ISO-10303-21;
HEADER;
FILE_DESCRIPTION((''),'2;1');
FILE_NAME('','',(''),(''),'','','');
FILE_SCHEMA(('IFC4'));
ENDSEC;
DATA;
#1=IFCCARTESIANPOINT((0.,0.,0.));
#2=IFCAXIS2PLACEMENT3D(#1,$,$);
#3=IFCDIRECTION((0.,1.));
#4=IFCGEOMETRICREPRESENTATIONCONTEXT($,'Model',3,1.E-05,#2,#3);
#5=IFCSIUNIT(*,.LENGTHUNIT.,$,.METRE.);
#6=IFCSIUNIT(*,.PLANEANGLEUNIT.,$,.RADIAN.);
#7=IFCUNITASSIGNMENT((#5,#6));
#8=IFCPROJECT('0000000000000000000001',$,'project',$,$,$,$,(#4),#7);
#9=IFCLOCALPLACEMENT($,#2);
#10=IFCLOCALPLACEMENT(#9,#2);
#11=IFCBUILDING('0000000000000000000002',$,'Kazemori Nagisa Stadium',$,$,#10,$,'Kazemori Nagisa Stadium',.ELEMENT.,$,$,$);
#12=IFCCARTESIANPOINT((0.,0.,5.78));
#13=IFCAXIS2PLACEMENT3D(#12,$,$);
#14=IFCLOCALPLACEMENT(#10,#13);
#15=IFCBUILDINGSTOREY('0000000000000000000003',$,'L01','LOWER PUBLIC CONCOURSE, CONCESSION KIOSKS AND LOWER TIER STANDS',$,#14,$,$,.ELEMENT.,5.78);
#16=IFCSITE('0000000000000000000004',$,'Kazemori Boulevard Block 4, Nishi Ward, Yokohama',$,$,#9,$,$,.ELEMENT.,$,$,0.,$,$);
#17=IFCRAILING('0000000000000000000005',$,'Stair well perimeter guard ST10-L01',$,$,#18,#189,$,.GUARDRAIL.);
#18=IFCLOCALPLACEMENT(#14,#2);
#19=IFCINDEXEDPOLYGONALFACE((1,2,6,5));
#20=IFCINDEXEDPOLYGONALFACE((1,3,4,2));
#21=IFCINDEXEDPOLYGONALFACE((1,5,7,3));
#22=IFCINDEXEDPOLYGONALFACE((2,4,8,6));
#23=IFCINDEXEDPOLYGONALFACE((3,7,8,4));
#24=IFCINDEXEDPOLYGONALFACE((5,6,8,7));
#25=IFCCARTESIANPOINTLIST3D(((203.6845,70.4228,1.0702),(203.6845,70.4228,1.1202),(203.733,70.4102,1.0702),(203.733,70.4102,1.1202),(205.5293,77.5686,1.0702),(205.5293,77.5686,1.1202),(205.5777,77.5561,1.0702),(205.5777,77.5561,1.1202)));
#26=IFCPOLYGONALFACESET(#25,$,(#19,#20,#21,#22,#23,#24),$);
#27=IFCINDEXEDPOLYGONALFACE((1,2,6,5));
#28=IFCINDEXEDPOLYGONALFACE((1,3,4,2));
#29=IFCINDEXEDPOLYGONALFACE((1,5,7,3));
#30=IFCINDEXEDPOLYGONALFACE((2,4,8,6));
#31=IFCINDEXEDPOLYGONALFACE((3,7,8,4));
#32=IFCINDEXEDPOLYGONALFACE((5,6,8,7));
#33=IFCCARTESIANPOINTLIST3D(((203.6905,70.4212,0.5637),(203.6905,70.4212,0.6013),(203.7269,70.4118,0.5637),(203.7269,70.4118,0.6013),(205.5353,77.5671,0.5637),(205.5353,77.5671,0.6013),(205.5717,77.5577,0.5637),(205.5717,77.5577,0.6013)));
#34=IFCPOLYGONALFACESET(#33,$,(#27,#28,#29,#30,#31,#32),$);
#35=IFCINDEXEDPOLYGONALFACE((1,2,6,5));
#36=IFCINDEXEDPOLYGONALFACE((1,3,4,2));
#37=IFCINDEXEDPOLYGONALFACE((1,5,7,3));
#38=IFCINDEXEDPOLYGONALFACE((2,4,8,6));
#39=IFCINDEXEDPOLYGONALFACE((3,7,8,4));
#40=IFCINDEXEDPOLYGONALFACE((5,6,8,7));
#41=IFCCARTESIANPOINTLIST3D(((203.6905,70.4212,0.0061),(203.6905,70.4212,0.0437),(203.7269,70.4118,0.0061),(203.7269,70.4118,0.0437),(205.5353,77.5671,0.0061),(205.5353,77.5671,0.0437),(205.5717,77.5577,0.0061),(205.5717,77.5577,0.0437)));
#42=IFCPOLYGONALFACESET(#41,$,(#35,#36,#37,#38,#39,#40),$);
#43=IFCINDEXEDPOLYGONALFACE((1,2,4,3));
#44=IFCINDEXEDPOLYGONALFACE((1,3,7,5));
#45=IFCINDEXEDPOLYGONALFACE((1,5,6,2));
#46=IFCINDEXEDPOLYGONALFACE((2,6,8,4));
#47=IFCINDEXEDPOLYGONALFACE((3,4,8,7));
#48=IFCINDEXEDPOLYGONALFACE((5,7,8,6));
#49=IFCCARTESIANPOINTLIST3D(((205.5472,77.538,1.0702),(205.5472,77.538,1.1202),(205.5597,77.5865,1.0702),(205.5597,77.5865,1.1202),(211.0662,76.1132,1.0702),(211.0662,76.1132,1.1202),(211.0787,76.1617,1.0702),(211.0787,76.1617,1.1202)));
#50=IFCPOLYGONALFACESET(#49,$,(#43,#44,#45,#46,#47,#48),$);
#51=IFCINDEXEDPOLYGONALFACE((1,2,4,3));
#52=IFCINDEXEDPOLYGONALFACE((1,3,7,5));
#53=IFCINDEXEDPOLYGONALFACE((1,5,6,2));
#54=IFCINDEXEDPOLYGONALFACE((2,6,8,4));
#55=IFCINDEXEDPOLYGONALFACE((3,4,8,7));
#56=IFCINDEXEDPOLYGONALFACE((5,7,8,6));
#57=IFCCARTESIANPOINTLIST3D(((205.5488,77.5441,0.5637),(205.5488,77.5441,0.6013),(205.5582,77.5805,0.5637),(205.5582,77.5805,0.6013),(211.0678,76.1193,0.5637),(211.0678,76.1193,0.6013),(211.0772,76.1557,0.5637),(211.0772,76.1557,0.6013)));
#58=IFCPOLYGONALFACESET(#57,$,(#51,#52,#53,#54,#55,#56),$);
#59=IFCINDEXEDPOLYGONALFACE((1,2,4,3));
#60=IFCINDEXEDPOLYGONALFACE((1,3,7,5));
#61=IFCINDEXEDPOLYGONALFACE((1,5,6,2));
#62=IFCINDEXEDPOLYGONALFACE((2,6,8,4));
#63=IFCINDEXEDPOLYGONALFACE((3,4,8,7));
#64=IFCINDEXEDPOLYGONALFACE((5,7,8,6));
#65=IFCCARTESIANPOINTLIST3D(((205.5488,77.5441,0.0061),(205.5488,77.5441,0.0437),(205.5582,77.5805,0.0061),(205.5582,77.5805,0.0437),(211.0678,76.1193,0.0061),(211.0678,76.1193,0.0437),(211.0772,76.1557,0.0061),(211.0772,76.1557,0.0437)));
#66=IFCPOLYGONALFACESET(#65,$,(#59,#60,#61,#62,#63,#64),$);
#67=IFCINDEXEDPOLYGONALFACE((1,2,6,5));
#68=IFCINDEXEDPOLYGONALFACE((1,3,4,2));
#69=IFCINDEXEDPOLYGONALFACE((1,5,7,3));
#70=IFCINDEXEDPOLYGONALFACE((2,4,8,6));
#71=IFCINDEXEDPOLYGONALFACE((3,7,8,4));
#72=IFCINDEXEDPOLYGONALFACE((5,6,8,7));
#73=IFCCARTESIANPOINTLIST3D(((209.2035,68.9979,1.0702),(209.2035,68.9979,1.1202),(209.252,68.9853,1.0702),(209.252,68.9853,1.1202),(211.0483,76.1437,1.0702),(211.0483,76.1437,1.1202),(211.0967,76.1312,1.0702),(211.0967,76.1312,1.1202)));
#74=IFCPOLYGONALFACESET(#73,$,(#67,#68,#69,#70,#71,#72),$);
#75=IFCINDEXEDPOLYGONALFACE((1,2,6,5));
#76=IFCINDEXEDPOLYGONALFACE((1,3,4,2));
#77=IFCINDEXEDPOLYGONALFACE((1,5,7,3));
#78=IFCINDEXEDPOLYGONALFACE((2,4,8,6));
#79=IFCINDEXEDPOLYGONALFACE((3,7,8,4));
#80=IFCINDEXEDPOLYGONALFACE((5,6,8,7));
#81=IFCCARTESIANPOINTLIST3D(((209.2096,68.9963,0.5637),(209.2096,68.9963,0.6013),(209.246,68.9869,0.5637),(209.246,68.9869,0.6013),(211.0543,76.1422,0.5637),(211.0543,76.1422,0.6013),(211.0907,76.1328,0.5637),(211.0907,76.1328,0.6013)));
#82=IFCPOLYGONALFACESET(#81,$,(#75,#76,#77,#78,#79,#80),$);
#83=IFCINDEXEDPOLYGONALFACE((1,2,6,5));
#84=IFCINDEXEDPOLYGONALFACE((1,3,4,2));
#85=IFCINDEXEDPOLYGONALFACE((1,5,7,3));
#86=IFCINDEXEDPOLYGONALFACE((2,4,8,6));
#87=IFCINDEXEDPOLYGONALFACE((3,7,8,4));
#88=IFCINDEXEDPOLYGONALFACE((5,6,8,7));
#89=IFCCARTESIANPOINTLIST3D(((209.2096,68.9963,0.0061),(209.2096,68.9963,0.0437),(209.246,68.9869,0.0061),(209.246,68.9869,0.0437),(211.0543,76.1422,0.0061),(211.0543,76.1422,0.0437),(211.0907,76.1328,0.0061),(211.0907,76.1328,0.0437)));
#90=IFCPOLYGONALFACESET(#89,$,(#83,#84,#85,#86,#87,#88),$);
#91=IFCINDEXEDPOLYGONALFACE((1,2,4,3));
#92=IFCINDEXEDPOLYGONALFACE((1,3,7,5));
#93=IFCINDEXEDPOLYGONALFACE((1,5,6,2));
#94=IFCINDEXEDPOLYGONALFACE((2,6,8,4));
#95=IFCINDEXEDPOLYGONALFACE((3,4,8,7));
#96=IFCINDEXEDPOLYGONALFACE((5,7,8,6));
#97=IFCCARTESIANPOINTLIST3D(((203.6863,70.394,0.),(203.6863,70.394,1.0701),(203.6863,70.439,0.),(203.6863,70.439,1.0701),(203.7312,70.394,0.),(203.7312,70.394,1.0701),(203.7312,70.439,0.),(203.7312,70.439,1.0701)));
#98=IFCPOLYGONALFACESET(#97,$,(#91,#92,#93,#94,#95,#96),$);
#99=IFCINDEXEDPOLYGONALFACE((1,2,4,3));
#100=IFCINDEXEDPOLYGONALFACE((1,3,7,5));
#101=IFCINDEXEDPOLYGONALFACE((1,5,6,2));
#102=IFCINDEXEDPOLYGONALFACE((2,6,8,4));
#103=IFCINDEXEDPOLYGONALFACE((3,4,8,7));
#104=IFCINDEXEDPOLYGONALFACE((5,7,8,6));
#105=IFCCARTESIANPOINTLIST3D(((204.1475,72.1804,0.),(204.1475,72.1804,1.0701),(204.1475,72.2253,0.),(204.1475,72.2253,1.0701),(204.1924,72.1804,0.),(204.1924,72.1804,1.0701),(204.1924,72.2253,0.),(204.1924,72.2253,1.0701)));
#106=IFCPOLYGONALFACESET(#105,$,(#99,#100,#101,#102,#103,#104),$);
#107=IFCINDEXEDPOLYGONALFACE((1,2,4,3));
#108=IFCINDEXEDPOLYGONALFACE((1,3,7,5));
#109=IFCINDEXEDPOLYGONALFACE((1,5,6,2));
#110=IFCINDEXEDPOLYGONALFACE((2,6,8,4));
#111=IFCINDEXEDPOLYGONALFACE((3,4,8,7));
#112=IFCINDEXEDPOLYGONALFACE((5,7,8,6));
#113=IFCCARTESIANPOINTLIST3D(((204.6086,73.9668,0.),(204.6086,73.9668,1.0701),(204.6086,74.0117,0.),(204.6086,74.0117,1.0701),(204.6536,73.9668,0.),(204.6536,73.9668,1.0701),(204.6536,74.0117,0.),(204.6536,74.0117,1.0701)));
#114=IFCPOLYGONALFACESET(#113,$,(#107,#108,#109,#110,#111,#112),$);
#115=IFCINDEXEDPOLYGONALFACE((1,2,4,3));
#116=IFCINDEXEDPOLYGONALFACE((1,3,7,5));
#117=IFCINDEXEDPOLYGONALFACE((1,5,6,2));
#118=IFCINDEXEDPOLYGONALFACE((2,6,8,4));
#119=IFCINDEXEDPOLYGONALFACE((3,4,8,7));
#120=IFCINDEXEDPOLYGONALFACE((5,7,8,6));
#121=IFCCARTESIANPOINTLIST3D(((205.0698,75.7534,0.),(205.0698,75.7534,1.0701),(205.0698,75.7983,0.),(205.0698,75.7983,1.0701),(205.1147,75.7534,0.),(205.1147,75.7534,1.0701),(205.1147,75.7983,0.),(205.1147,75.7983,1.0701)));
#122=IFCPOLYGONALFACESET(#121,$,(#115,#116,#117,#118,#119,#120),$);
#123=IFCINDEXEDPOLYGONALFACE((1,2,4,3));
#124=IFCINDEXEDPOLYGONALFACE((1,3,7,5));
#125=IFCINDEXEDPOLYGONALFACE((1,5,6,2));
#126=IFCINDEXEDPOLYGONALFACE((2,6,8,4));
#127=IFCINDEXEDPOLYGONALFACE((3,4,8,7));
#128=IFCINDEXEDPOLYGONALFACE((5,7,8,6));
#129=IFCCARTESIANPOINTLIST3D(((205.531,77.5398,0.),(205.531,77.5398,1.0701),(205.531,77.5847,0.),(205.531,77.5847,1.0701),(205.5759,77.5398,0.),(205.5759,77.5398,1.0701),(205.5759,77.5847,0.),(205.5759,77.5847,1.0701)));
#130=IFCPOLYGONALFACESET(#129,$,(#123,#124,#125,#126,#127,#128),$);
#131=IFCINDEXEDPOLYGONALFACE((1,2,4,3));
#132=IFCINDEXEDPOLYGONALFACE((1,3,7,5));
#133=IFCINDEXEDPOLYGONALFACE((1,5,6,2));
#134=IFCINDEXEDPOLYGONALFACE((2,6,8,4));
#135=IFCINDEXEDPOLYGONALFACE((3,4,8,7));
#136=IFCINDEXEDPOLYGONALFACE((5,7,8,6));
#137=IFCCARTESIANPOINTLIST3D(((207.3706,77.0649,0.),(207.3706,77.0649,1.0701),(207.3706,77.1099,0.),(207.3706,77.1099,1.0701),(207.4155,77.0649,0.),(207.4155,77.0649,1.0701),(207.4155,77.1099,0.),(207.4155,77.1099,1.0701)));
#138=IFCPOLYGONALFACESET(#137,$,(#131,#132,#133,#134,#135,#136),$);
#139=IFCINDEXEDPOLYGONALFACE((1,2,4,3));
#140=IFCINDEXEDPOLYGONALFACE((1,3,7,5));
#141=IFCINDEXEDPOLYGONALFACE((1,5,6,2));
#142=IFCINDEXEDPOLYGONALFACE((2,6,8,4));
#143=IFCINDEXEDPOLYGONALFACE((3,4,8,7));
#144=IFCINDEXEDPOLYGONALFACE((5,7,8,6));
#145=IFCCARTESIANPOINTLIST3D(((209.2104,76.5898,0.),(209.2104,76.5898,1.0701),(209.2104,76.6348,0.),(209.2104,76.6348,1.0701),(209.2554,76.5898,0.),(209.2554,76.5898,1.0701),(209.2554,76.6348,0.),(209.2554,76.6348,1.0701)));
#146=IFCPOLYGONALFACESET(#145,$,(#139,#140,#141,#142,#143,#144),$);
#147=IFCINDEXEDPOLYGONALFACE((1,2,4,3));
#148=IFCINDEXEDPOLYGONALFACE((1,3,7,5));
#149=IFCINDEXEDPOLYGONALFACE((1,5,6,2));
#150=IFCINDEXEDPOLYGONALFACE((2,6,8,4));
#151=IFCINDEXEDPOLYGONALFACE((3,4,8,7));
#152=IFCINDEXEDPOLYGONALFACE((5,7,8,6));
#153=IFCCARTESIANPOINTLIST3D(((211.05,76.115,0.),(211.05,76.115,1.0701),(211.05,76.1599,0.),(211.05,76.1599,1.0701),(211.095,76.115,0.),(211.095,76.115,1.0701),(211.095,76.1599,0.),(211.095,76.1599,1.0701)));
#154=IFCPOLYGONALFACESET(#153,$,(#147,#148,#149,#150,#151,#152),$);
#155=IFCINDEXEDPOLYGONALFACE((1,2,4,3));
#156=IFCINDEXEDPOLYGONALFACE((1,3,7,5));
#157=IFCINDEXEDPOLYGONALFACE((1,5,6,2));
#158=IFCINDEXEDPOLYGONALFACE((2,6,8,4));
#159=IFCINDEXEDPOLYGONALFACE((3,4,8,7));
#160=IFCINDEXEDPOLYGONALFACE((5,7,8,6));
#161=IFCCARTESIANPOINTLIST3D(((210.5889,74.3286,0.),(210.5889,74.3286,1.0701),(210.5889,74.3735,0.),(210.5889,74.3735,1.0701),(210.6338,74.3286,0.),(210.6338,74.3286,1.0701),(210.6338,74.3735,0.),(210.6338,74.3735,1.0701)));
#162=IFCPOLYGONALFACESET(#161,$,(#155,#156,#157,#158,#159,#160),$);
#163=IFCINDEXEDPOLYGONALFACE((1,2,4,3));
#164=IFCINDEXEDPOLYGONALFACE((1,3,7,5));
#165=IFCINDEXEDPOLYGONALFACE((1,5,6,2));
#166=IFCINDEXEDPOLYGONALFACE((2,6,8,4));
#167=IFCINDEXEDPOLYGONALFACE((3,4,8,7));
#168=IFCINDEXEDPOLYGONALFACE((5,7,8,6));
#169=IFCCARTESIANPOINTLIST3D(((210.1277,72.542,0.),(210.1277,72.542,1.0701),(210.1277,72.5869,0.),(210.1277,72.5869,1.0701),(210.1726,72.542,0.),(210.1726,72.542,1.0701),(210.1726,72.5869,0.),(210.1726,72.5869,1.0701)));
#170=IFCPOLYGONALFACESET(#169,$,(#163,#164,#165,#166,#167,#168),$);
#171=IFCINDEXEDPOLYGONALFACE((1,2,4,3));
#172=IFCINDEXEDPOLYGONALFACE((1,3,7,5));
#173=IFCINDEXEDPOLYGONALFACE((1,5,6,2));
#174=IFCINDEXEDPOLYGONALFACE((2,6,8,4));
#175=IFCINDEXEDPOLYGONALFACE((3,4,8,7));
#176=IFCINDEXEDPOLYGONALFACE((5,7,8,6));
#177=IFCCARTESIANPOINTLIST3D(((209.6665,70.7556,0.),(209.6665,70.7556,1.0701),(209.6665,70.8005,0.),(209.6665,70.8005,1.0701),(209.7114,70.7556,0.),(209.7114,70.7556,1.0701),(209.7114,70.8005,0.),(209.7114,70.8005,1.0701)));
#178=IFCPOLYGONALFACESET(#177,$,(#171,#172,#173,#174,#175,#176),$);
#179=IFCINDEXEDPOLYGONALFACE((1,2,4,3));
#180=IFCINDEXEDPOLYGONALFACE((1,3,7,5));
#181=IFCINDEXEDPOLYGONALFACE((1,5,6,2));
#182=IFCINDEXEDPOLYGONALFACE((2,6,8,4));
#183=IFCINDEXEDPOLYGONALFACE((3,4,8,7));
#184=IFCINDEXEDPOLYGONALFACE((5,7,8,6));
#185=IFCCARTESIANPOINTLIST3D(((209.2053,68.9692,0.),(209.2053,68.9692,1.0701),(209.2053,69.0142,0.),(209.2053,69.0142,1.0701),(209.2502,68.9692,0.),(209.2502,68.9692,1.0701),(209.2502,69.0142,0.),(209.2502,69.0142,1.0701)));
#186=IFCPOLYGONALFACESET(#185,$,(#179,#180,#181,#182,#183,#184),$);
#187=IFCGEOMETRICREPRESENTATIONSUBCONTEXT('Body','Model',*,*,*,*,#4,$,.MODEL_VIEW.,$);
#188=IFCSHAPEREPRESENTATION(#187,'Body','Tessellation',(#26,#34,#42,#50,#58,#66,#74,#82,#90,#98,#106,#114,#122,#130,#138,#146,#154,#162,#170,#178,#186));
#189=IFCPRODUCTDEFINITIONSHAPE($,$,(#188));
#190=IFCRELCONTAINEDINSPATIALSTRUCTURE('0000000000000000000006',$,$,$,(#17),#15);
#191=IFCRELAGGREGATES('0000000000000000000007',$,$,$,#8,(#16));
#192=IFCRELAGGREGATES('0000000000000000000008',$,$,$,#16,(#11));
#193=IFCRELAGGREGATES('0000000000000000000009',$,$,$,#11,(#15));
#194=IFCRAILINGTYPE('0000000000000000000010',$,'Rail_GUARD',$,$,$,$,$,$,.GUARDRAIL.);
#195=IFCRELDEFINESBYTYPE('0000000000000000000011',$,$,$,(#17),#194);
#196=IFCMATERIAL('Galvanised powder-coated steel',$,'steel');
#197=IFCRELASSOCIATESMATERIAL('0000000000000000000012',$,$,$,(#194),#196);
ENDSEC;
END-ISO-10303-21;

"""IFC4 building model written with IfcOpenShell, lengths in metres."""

from ifc_helpers import new_model, si_unit, direction, frame, origin, origin_2d, place, context, subcontext, project, spatial, rectangle, extrude, material, type_object, element, save


model = new_model("IFC4")

# Units and contexts
model_context = context("Model", 3, precision=1e-05, world=origin(), true_north=direction((0.0, 1.0)))
body_context = subcontext(model_context, "Body", "Model", "MODEL_VIEW")
ifc_project = project(units=[si_unit("LENGTHUNIT", "METRE"), si_unit("PLANEANGLEUNIT", "RADIAN")], contexts=[model_context])

# Site, building, storey
site_placement = place(None, origin())
site = spatial("IfcSite", under=ifc_project, at=site_placement, Name="Kazemori Boulevard Block 4, Nishi Ward, Yokohama", CompositionType="ELEMENT", RefElevation=0.0)
building_placement = place(site_placement, origin())
building = spatial("IfcBuilding", under=site, at=building_placement, Name="Kazemori Nagisa Stadium", LongName="Kazemori Nagisa Stadium", CompositionType="ELEMENT")
storey_placement = place(building_placement, frame((0.0, 0.0, 5.78)))
storey = spatial("IfcBuildingStorey", under=building, at=storey_placement, Name="L01", Description="LOWER PUBLIC CONCOURSE, CONCESSION KIOSKS AND LOWER TIER STANDS", CompositionType="ELEMENT", Elevation=5.78)

# Railing
ifc_material_1 = material(Name="Galvanised powder-coated steel", Category="steel")
railing_type_1 = type_object("IfcRailingType", Name="Rail_GUARD", PredefinedType="GUARDRAIL", material=ifc_material_1)
railing_1_placement = place(storey_placement, frame((203.7087, 70.4165, 0.0)))
element("IfcRailing", 1, at=railing_1_placement, inside=storey, type_object=railing_type_1, Name="Stair well perimeter guard ST10-L01", PredefinedType="GUARDRAIL", context=body_context, shape_type="SweptSolid", body=[
    extrude(rectangle(XDim=0.05, YDim=0.05, at=origin_2d()), frame((0.0, 0.0, 1.0952), z_axis=(0.249962, 0.968256, 0.0), x_axis=(-0.968256, 0.249962, 0.0)), (0.0, 0.0, 1.0), 7.3801),
    extrude(rectangle(XDim=0.0376, YDim=0.0376, at=origin_2d()), frame((0.0, 0.0, 0.5825), z_axis=(0.249962, 0.968256, 0.0), x_axis=(-0.968256, 0.249962, 0.0)), (0.0, 0.0, 1.0), 7.3801),
    extrude(rectangle(XDim=0.0376, YDim=0.0376, at=origin_2d()), frame((0.0, 0.0, 0.0249), z_axis=(0.249962, 0.968256, 0.0), x_axis=(-0.968256, 0.249962, 0.0)), (0.0, 0.0, 1.0), 7.3801),
    extrude(rectangle(XDim=0.05, YDim=0.05, at=origin_2d()), frame((1.8447, 7.1458, 1.0952), z_axis=(0.968255, -0.249966, 0.0), x_axis=(0.249966, 0.968255, 0.0)), (0.0, 0.0, 1.0), 5.7),
    extrude(rectangle(XDim=0.0376, YDim=0.0376, at=origin_2d()), frame((1.8447, 7.1458, 0.5825), z_axis=(0.968255, -0.249966, 0.0), x_axis=(0.249966, 0.968255, 0.0)), (0.0, 0.0, 1.0), 5.7),
    extrude(rectangle(XDim=0.0376, YDim=0.0376, at=origin_2d()), frame((1.8447, 7.1458, 0.0249), z_axis=(0.968255, -0.249966, 0.0), x_axis=(0.249966, 0.968255, 0.0)), (0.0, 0.0, 1.0), 5.7),
    extrude(rectangle(XDim=0.05, YDim=0.05, at=origin_2d()), frame((7.3638, 5.7209, 1.0952), z_axis=(-0.249962, -0.968256, 0.0), x_axis=(0.968256, -0.249962, 0.0)), (0.0, 0.0, 1.0), 7.3801),
    extrude(rectangle(XDim=0.0376, YDim=0.0376, at=origin_2d()), frame((7.3638, 5.7209, 0.5825), z_axis=(-0.249962, -0.968256, 0.0), x_axis=(0.968256, -0.249962, 0.0)), (0.0, 0.0, 1.0), 7.3801),
    extrude(rectangle(XDim=0.0376, YDim=0.0376, at=origin_2d()), frame((7.3638, 5.7209, 0.0249), z_axis=(-0.249962, -0.968256, 0.0), x_axis=(0.968256, -0.249962, 0.0)), (0.0, 0.0, 1.0), 7.3801),
    extrude(rectangle(XDim=0.0449, YDim=0.0449, at=origin_2d()), origin(), (0.0, 0.0, 1.0), 1.0701),
    extrude(rectangle(XDim=0.0449, YDim=0.0449, at=origin_2d()), frame((0.4612, 1.7864, 0.0)), (0.0, 0.0, 1.0), 1.0701),
    extrude(rectangle(XDim=0.0449, YDim=0.0449, at=origin_2d()), frame((0.9224, 3.5728, 0.0)), (0.0, 0.0, 1.0), 1.0701),
    extrude(rectangle(XDim=0.0449, YDim=0.0449, at=origin_2d()), frame((1.3835, 5.3594, 0.0)), (0.0, 0.0, 1.0), 1.0701),
    extrude(rectangle(XDim=0.0449, YDim=0.0449, at=origin_2d()), frame((1.8447, 7.1458, 0.0)), (0.0, 0.0, 1.0), 1.0701),
    extrude(rectangle(XDim=0.0449, YDim=0.0449, at=origin_2d()), frame((3.6843, 6.6709, 0.0)), (0.0, 0.0, 1.0), 1.0701),
    extrude(rectangle(XDim=0.0449, YDim=0.0449, at=origin_2d()), frame((5.5242, 6.1958, 0.0)), (0.0, 0.0, 1.0), 1.0701),
    extrude(rectangle(XDim=0.0449, YDim=0.0449, at=origin_2d()), frame((7.3638, 5.7209, 0.0)), (0.0, 0.0, 1.0), 1.0701),
    extrude(rectangle(XDim=0.0449, YDim=0.0449, at=origin_2d()), frame((6.9026, 3.9346, 0.0)), (0.0, 0.0, 1.0), 1.0701),
    extrude(rectangle(XDim=0.0449, YDim=0.0449, at=origin_2d()), frame((6.4414, 2.1479, 0.0)), (0.0, 0.0, 1.0), 1.0701),
    extrude(rectangle(XDim=0.0449, YDim=0.0449, at=origin_2d()), frame((5.9802, 0.3616, 0.0)), (0.0, 0.0, 1.0), 1.0701),
    extrude(rectangle(XDim=0.0449, YDim=0.0449, at=origin_2d()), frame((5.519, -1.4248, 0.0)), (0.0, 0.0, 1.0), 1.0701),
])

save(model, "model.ifc")
